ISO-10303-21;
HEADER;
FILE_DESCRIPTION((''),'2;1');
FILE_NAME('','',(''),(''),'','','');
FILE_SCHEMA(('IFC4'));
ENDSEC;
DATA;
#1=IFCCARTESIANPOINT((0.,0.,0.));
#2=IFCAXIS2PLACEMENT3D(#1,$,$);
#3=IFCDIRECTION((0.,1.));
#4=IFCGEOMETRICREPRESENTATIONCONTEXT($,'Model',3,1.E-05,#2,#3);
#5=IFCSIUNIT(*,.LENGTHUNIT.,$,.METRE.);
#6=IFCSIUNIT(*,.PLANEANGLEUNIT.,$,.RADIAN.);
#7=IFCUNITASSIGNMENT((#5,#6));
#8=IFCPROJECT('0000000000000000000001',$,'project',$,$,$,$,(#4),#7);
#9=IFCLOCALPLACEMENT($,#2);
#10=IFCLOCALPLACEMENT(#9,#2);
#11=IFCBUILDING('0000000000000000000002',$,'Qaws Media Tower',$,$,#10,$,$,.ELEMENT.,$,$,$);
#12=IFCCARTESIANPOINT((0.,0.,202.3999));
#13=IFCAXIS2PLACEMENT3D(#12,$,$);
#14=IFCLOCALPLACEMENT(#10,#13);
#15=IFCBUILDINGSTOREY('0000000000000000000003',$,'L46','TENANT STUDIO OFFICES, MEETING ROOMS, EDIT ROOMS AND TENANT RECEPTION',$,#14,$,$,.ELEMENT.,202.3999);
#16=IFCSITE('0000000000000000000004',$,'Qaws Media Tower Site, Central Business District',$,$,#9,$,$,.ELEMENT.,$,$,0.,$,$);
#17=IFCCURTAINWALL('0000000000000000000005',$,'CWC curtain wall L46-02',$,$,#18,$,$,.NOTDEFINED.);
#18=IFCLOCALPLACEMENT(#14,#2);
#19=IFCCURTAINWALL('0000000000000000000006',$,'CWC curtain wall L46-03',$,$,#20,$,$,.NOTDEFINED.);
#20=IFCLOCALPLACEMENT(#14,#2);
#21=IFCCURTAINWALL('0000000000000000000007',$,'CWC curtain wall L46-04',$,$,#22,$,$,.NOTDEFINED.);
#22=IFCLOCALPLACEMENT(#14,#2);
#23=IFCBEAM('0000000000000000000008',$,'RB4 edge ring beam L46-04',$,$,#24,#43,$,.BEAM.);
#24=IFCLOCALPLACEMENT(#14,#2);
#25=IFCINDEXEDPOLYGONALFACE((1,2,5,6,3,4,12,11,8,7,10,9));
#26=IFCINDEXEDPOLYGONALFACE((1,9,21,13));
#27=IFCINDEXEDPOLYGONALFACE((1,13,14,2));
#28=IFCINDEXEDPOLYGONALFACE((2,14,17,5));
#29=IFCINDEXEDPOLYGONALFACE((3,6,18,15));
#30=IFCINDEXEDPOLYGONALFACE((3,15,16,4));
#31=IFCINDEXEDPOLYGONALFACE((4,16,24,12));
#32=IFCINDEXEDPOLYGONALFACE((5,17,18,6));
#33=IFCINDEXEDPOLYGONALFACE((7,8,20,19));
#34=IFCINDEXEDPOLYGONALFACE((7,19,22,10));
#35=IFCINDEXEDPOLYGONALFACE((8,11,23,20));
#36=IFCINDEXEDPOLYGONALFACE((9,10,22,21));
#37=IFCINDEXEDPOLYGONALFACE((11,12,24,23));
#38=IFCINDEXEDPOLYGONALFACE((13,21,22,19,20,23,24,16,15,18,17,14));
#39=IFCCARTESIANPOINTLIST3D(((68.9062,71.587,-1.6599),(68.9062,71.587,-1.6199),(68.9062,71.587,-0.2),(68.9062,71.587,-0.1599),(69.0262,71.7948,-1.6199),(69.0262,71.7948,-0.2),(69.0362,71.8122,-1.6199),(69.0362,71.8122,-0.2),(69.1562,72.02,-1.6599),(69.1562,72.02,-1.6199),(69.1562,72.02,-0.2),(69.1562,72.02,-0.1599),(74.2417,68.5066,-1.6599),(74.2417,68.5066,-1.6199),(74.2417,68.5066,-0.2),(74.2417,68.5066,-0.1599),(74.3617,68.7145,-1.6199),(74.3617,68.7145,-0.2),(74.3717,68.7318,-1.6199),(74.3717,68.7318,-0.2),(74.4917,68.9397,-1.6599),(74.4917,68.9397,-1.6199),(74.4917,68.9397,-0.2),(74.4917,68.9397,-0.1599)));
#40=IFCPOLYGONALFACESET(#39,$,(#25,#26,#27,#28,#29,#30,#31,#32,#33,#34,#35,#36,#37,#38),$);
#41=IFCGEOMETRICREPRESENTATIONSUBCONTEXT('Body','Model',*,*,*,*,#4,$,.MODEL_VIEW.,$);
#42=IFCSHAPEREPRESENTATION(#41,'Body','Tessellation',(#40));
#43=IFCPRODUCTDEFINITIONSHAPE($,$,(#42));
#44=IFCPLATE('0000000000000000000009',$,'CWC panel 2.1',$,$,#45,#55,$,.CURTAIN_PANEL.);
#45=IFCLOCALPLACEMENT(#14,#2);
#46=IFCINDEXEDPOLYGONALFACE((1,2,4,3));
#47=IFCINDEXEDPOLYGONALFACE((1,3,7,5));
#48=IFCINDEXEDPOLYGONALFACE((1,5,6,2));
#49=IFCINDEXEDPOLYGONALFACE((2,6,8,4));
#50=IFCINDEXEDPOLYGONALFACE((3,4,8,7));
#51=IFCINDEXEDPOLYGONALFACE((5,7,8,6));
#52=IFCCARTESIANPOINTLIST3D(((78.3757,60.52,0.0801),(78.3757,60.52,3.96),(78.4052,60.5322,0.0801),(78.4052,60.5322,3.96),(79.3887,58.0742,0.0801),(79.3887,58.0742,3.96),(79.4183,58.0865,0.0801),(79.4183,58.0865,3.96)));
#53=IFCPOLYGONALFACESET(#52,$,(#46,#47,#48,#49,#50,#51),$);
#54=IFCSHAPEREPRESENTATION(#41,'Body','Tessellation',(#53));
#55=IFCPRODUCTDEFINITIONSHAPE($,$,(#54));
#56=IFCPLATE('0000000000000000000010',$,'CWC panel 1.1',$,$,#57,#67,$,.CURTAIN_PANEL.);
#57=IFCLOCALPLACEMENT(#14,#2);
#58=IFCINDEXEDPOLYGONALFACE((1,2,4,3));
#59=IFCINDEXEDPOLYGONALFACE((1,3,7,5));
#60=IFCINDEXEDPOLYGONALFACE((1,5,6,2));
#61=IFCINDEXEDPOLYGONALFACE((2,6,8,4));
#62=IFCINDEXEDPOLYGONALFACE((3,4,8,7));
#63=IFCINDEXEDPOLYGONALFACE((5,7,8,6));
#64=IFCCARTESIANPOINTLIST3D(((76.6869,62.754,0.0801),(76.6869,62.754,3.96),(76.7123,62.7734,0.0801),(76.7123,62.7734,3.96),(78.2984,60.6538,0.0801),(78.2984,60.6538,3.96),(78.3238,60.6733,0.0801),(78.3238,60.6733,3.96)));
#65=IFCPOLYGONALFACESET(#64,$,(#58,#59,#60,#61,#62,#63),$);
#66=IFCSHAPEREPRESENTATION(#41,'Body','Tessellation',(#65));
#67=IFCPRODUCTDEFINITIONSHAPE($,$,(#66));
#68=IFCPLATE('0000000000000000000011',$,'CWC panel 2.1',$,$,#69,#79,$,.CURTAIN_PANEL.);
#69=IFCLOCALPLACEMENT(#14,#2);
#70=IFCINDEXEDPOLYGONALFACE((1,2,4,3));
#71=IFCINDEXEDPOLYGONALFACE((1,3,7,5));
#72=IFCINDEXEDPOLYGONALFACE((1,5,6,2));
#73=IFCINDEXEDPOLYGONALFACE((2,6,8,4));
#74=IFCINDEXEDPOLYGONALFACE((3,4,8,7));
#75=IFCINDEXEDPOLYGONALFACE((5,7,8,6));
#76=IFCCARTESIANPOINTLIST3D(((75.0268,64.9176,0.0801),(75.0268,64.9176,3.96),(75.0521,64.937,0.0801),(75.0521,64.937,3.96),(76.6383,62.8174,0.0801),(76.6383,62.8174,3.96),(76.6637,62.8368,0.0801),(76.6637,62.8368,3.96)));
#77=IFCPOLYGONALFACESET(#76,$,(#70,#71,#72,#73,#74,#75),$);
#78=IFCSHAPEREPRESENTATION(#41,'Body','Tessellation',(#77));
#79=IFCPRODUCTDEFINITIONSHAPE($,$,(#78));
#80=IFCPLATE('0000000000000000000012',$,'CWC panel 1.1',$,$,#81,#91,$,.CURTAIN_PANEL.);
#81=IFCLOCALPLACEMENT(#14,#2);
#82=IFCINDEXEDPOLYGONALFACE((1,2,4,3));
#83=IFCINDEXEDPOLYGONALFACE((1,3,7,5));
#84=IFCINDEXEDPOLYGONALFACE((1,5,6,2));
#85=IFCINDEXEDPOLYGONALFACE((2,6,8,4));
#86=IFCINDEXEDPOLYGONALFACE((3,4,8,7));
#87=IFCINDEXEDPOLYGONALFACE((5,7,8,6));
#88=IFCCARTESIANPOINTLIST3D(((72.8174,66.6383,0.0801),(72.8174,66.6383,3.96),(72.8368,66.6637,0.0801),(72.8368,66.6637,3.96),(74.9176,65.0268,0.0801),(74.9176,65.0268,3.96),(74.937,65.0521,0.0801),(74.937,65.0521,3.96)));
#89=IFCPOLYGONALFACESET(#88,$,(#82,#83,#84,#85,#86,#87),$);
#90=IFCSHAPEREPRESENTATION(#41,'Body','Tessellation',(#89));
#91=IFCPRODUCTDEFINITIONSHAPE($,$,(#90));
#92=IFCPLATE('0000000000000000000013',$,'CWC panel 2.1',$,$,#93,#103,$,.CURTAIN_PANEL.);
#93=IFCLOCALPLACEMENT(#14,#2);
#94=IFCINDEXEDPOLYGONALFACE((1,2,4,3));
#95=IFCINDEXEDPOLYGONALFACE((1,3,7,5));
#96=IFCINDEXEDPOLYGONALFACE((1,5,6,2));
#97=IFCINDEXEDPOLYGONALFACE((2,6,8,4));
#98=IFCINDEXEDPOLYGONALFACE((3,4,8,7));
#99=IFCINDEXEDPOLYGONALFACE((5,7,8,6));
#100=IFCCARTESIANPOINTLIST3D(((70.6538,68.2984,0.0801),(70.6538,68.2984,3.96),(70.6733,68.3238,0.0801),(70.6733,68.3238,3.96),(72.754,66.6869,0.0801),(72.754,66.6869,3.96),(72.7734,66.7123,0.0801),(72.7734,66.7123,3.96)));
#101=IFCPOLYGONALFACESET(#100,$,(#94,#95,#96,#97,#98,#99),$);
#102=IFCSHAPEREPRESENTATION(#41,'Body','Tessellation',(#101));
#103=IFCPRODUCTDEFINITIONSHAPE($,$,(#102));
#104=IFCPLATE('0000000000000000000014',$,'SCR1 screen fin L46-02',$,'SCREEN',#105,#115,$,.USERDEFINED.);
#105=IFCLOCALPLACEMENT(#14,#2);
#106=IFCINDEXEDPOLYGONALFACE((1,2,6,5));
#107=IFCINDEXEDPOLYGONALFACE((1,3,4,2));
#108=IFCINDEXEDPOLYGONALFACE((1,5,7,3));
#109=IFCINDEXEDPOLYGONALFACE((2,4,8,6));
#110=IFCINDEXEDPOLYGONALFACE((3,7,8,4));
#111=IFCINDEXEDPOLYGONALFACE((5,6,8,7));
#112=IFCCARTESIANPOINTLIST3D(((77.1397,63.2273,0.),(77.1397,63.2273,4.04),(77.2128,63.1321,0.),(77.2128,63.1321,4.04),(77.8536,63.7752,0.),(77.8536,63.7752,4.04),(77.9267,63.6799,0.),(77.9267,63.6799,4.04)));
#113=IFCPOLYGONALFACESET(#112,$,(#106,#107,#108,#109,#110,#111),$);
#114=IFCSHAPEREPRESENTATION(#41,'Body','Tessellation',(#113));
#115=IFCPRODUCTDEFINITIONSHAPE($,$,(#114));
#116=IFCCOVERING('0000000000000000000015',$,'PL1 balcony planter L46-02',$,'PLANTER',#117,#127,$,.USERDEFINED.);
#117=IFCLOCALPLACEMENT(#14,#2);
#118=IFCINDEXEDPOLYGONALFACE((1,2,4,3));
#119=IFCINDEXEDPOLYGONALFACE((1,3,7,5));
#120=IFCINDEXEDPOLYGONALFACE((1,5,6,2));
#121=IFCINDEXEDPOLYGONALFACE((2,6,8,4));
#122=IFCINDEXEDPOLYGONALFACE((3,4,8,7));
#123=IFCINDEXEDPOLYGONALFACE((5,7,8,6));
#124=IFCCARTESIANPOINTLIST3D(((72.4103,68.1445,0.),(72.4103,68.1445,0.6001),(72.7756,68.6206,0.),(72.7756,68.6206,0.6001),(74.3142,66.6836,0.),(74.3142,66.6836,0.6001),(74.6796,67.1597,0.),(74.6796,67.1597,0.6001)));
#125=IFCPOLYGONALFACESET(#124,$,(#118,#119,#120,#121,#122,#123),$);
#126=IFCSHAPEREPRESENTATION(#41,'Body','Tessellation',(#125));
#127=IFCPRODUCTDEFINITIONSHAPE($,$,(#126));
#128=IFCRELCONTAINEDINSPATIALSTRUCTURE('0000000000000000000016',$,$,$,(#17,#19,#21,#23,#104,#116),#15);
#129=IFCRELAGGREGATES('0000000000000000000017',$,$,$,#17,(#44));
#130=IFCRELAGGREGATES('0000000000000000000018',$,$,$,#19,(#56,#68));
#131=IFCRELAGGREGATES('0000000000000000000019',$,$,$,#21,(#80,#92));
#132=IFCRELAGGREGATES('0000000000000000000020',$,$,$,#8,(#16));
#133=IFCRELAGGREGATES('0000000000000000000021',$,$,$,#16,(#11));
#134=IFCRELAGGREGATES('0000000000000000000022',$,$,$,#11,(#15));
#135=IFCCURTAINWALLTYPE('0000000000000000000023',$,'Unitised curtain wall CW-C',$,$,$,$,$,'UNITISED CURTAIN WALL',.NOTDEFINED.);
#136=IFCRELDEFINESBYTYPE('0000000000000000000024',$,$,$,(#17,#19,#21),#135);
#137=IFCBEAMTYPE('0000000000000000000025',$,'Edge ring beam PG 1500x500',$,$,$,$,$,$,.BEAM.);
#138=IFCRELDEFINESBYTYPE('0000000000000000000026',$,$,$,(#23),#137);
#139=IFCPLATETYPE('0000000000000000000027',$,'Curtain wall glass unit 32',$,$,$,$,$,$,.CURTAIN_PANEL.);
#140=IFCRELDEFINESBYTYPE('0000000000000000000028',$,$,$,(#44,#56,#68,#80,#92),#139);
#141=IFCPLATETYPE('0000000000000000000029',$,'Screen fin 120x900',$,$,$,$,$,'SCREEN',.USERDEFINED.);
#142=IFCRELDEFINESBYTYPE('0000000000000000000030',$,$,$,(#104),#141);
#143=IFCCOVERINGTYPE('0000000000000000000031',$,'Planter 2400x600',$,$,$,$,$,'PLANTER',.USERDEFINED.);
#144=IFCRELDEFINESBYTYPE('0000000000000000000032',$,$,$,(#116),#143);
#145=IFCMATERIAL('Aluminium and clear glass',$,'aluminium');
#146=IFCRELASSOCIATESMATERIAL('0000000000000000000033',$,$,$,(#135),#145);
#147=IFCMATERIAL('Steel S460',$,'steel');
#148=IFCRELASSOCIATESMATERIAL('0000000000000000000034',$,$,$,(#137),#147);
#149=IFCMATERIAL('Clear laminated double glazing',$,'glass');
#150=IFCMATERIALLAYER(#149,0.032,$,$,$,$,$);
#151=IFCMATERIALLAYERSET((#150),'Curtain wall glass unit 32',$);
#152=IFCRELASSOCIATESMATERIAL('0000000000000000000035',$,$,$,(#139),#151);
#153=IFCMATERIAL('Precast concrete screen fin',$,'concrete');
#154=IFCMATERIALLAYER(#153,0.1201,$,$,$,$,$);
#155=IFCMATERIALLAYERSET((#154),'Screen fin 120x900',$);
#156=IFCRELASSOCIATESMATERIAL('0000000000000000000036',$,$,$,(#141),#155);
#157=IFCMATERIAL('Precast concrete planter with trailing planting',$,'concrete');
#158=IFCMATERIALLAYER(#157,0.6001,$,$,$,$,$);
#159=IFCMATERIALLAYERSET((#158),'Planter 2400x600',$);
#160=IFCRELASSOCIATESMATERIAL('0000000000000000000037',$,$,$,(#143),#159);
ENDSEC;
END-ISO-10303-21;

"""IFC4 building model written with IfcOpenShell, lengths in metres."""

from ifc_helpers import new_model, si_unit, direction, frame, origin, origin_2d, place, context, subcontext, project, spatial, rectangle, i_section, extrude, material, layer, layer_set, material_profile, profile_set, type_object, element, aggregate, save


model = new_model("IFC4")

# Units and contexts
model_context = context("Model", 3, precision=1e-05, world=origin(), true_north=direction((0.0, 1.0)))
body_context = subcontext(model_context, "Body", "Model", "MODEL_VIEW")
ifc_project = project(units=[si_unit("LENGTHUNIT", "METRE"), si_unit("PLANEANGLEUNIT", "RADIAN")], contexts=[model_context])

# Site, building, storey
site_placement = place(None, origin())
site = spatial("IfcSite", under=ifc_project, at=site_placement, Name="Qaws Media Tower Site, Central Business District", CompositionType="ELEMENT", RefElevation=0.0)
building_placement = place(site_placement, origin())
building = spatial("IfcBuilding", under=site, at=building_placement, Name="Qaws Media Tower", CompositionType="ELEMENT")
storey_placement = place(building_placement, frame((0.0, 0.0, 202.3999)))
storey = spatial("IfcBuildingStorey", under=building, at=storey_placement, Name="L46", Description="TENANT STUDIO OFFICES, MEETING ROOMS, EDIT ROOMS AND TENANT RECEPTION", CompositionType="ELEMENT", Elevation=202.3999)

# Curtain wall
ifc_material_1 = material(Name="Aluminium and clear glass", Category="aluminium")
curtain_wall_type = type_object("IfcCurtainWallType", Name="Unitised curtain wall CW-C", ElementType="UNITISED CURTAIN WALL", PredefinedType="NOTDEFINED", material=ifc_material_1)
curtain_wall_1_placement = place(storey_placement, origin())
curtain_wall_1 = element("IfcCurtainWall", 1, at=curtain_wall_1_placement, inside=storey, type_object=curtain_wall_type, Name="CWC curtain wall L46-02", PredefinedType="NOTDEFINED")

# Curtain walls
curtain_wall_2_placement = place(storey_placement, origin())
curtain_wall_2 = element("IfcCurtainWall", 2, at=curtain_wall_2_placement, inside=storey, type_object=curtain_wall_type, Name="CWC curtain wall L46-03", PredefinedType="NOTDEFINED")
curtain_wall_3_placement = place(storey_placement, origin())
curtain_wall_3 = element("IfcCurtainWall", 3, at=curtain_wall_3_placement, inside=storey, type_object=curtain_wall_type, Name="CWC curtain wall L46-04", PredefinedType="NOTDEFINED")

# Beam
ifc_material_2 = material(Name="Steel S460", Category="steel")
ifc_material_profile_1 = material_profile(ifc_material_2, i_section(OverallWidth=0.5, OverallDepth=1.5, WebThickness=0.02, FlangeThickness=0.04, at=origin_2d()), Name="PG 1500x500")
ifc_profile_set_1 = profile_set([ifc_material_profile_1], Name="Steel S460")
beam_type = type_object("IfcBeamType", Name="Edge ring beam PG 1500x500", PredefinedType="BEAM", material=ifc_profile_set_1)
for number, where, z_axis, x_axis, name in (
    (4, (74.3667, 68.7231, -0.9099), (-0.866032, 0.499988, 0.0), (-0.499988, -0.866032, 0.0), "RB4 edge ring beam L46-04"),
):
    element("IfcBeam", number, at=place(storey_placement, frame(where, z_axis=z_axis, x_axis=x_axis)), inside=storey, type_object=beam_type, Name=name, PredefinedType="BEAM", context=body_context, shape_type="SweptSolid", body=[
        extrude(i_section(OverallWidth=0.5, OverallDepth=1.5, WebThickness=0.02, FlangeThickness=0.04, at=origin_2d()), origin(), (0.0, 0.0, 1.0), 6.1609),
    ])

# Plates
ifc_material_3 = material(Name="Clear laminated double glazing", Category="glass")
ifc_layer_1 = layer(ifc_material_3, 0.032)
ifc_layer_set_1 = layer_set([ifc_layer_1], Name="Curtain wall glass unit 32")
plate_type_1 = type_object("IfcPlateType", Name="Curtain wall glass unit 32", PredefinedType="CURTAIN_PANEL", material=ifc_layer_set_1)
plate_1_placement = place(storey_placement, frame((78.897, 59.3032, 0.0801), z_axis=(0.0, 0.0, 1.0), x_axis=(-0.382683, 0.92388, 0.0)))
plate_1 = element("IfcPlate", 5, at=plate_1_placement, type_object=plate_type_1, Name="CWC panel 2.1", PredefinedType="CURTAIN_PANEL", context=body_context, shape_type="SweptSolid", body=[
    extrude(rectangle(XDim=2.6472, YDim=0.032, at=origin_2d()), origin(), (0.0, 0.0, 1.0), 3.8799),
])
aggregate(curtain_wall_1, [plate_1])
plate_2_placement = place(storey_placement, frame((77.5054, 61.7136, 0.0801), z_axis=(0.0, 0.0, 1.0), x_axis=(-0.608761, 0.793353, 0.0)))
plate_2 = element("IfcPlate", 6, at=plate_2_placement, type_object=plate_type_1, Name="CWC panel 1.1", PredefinedType="CURTAIN_PANEL", context=body_context, shape_type="SweptSolid", body=[
    extrude(rectangle(XDim=2.6472, YDim=0.032, at=origin_2d()), origin(), (0.0, 0.0, 1.0), 3.8799),
])
plate_3_placement = place(storey_placement, frame((75.8452, 63.8772, 0.0801), z_axis=(0.0, 0.0, 1.0), x_axis=(-0.608761, 0.793353, 0.0)))
plate_3 = element("IfcPlate", 7, at=plate_3_placement, type_object=plate_type_1, Name="CWC panel 2.1", PredefinedType="CURTAIN_PANEL", context=body_context, shape_type="SweptSolid", body=[
    extrude(rectangle(XDim=2.6472, YDim=0.032, at=origin_2d()), origin(), (0.0, 0.0, 1.0), 3.8799),
])
aggregate(curtain_wall_2, [plate_2, plate_3])
plate_4_placement = place(storey_placement, frame((73.8772, 65.8452, 0.0801), z_axis=(0.0, 0.0, 1.0), x_axis=(-0.793353, 0.608761, 0.0)))
plate_4 = element("IfcPlate", 8, at=plate_4_placement, type_object=plate_type_1, Name="CWC panel 1.1", PredefinedType="CURTAIN_PANEL", context=body_context, shape_type="SweptSolid", body=[
    extrude(rectangle(XDim=2.6472, YDim=0.032, at=origin_2d()), origin(), (0.0, 0.0, 1.0), 3.8799),
])
plate_5_placement = place(storey_placement, frame((71.7136, 67.5054, 0.0801), z_axis=(0.0, 0.0, 1.0), x_axis=(-0.793353, 0.608761, 0.0)))
plate_5 = element("IfcPlate", 9, at=plate_5_placement, type_object=plate_type_1, Name="CWC panel 2.1", PredefinedType="CURTAIN_PANEL", context=body_context, shape_type="SweptSolid", body=[
    extrude(rectangle(XDim=2.6472, YDim=0.032, at=origin_2d()), origin(), (0.0, 0.0, 1.0), 3.8799),
])
aggregate(curtain_wall_3, [plate_4, plate_5])
ifc_material_4 = material(Name="Precast concrete screen fin", Category="concrete")
ifc_layer_2 = layer(ifc_material_4, 0.1201)
ifc_layer_set_2 = layer_set([ifc_layer_2], Name="Screen fin 120x900")
plate_type_2 = type_object("IfcPlateType", Name="Screen fin 120x900", ElementType="SCREEN", PredefinedType="USERDEFINED", material=ifc_layer_set_2)
plate_6_placement = place(storey_placement, frame((77.5332, 63.4536, 0.0), z_axis=(0.0, 0.0, 1.0), x_axis=(0.793353, 0.608761, 0.0)))
element("IfcPlate", 10, at=plate_6_placement, inside=storey, type_object=plate_type_2, Name="SCR1 screen fin L46-02", ObjectType="SCREEN", PredefinedType="USERDEFINED", context=body_context, shape_type="SweptSolid", body=[
    extrude(rectangle(XDim=0.8999, YDim=0.1201, at=origin_2d()), origin(), (0.0, 0.0, 1.0), 4.04),
])

# Covering
ifc_material_5 = material(Name="Precast concrete planter with trailing planting", Category="concrete")
ifc_layer_3 = layer(ifc_material_5, 0.6001)
ifc_layer_set_3 = layer_set([ifc_layer_3], Name="Planter 2400x600")
covering_type = type_object("IfcCoveringType", Name="Planter 2400x600", ElementType="PLANTER", PredefinedType="USERDEFINED", material=ifc_layer_set_3)
covering_placement = place(storey_placement, frame((73.5449, 67.6521, 0.0), z_axis=(0.0, 0.0, 1.0), x_axis=(-0.793353, 0.608761, 0.0)))
element("IfcCovering", 11, at=covering_placement, inside=storey, type_object=covering_type, Name="PL1 balcony planter L46-02", ObjectType="PLANTER", PredefinedType="USERDEFINED", context=body_context, shape_type="SweptSolid", body=[
    extrude(rectangle(XDim=2.3999, YDim=0.6001, at=origin_2d()), origin(), (0.0, 0.0, 1.0), 0.6001),
])

save(model, "model.ifc")
